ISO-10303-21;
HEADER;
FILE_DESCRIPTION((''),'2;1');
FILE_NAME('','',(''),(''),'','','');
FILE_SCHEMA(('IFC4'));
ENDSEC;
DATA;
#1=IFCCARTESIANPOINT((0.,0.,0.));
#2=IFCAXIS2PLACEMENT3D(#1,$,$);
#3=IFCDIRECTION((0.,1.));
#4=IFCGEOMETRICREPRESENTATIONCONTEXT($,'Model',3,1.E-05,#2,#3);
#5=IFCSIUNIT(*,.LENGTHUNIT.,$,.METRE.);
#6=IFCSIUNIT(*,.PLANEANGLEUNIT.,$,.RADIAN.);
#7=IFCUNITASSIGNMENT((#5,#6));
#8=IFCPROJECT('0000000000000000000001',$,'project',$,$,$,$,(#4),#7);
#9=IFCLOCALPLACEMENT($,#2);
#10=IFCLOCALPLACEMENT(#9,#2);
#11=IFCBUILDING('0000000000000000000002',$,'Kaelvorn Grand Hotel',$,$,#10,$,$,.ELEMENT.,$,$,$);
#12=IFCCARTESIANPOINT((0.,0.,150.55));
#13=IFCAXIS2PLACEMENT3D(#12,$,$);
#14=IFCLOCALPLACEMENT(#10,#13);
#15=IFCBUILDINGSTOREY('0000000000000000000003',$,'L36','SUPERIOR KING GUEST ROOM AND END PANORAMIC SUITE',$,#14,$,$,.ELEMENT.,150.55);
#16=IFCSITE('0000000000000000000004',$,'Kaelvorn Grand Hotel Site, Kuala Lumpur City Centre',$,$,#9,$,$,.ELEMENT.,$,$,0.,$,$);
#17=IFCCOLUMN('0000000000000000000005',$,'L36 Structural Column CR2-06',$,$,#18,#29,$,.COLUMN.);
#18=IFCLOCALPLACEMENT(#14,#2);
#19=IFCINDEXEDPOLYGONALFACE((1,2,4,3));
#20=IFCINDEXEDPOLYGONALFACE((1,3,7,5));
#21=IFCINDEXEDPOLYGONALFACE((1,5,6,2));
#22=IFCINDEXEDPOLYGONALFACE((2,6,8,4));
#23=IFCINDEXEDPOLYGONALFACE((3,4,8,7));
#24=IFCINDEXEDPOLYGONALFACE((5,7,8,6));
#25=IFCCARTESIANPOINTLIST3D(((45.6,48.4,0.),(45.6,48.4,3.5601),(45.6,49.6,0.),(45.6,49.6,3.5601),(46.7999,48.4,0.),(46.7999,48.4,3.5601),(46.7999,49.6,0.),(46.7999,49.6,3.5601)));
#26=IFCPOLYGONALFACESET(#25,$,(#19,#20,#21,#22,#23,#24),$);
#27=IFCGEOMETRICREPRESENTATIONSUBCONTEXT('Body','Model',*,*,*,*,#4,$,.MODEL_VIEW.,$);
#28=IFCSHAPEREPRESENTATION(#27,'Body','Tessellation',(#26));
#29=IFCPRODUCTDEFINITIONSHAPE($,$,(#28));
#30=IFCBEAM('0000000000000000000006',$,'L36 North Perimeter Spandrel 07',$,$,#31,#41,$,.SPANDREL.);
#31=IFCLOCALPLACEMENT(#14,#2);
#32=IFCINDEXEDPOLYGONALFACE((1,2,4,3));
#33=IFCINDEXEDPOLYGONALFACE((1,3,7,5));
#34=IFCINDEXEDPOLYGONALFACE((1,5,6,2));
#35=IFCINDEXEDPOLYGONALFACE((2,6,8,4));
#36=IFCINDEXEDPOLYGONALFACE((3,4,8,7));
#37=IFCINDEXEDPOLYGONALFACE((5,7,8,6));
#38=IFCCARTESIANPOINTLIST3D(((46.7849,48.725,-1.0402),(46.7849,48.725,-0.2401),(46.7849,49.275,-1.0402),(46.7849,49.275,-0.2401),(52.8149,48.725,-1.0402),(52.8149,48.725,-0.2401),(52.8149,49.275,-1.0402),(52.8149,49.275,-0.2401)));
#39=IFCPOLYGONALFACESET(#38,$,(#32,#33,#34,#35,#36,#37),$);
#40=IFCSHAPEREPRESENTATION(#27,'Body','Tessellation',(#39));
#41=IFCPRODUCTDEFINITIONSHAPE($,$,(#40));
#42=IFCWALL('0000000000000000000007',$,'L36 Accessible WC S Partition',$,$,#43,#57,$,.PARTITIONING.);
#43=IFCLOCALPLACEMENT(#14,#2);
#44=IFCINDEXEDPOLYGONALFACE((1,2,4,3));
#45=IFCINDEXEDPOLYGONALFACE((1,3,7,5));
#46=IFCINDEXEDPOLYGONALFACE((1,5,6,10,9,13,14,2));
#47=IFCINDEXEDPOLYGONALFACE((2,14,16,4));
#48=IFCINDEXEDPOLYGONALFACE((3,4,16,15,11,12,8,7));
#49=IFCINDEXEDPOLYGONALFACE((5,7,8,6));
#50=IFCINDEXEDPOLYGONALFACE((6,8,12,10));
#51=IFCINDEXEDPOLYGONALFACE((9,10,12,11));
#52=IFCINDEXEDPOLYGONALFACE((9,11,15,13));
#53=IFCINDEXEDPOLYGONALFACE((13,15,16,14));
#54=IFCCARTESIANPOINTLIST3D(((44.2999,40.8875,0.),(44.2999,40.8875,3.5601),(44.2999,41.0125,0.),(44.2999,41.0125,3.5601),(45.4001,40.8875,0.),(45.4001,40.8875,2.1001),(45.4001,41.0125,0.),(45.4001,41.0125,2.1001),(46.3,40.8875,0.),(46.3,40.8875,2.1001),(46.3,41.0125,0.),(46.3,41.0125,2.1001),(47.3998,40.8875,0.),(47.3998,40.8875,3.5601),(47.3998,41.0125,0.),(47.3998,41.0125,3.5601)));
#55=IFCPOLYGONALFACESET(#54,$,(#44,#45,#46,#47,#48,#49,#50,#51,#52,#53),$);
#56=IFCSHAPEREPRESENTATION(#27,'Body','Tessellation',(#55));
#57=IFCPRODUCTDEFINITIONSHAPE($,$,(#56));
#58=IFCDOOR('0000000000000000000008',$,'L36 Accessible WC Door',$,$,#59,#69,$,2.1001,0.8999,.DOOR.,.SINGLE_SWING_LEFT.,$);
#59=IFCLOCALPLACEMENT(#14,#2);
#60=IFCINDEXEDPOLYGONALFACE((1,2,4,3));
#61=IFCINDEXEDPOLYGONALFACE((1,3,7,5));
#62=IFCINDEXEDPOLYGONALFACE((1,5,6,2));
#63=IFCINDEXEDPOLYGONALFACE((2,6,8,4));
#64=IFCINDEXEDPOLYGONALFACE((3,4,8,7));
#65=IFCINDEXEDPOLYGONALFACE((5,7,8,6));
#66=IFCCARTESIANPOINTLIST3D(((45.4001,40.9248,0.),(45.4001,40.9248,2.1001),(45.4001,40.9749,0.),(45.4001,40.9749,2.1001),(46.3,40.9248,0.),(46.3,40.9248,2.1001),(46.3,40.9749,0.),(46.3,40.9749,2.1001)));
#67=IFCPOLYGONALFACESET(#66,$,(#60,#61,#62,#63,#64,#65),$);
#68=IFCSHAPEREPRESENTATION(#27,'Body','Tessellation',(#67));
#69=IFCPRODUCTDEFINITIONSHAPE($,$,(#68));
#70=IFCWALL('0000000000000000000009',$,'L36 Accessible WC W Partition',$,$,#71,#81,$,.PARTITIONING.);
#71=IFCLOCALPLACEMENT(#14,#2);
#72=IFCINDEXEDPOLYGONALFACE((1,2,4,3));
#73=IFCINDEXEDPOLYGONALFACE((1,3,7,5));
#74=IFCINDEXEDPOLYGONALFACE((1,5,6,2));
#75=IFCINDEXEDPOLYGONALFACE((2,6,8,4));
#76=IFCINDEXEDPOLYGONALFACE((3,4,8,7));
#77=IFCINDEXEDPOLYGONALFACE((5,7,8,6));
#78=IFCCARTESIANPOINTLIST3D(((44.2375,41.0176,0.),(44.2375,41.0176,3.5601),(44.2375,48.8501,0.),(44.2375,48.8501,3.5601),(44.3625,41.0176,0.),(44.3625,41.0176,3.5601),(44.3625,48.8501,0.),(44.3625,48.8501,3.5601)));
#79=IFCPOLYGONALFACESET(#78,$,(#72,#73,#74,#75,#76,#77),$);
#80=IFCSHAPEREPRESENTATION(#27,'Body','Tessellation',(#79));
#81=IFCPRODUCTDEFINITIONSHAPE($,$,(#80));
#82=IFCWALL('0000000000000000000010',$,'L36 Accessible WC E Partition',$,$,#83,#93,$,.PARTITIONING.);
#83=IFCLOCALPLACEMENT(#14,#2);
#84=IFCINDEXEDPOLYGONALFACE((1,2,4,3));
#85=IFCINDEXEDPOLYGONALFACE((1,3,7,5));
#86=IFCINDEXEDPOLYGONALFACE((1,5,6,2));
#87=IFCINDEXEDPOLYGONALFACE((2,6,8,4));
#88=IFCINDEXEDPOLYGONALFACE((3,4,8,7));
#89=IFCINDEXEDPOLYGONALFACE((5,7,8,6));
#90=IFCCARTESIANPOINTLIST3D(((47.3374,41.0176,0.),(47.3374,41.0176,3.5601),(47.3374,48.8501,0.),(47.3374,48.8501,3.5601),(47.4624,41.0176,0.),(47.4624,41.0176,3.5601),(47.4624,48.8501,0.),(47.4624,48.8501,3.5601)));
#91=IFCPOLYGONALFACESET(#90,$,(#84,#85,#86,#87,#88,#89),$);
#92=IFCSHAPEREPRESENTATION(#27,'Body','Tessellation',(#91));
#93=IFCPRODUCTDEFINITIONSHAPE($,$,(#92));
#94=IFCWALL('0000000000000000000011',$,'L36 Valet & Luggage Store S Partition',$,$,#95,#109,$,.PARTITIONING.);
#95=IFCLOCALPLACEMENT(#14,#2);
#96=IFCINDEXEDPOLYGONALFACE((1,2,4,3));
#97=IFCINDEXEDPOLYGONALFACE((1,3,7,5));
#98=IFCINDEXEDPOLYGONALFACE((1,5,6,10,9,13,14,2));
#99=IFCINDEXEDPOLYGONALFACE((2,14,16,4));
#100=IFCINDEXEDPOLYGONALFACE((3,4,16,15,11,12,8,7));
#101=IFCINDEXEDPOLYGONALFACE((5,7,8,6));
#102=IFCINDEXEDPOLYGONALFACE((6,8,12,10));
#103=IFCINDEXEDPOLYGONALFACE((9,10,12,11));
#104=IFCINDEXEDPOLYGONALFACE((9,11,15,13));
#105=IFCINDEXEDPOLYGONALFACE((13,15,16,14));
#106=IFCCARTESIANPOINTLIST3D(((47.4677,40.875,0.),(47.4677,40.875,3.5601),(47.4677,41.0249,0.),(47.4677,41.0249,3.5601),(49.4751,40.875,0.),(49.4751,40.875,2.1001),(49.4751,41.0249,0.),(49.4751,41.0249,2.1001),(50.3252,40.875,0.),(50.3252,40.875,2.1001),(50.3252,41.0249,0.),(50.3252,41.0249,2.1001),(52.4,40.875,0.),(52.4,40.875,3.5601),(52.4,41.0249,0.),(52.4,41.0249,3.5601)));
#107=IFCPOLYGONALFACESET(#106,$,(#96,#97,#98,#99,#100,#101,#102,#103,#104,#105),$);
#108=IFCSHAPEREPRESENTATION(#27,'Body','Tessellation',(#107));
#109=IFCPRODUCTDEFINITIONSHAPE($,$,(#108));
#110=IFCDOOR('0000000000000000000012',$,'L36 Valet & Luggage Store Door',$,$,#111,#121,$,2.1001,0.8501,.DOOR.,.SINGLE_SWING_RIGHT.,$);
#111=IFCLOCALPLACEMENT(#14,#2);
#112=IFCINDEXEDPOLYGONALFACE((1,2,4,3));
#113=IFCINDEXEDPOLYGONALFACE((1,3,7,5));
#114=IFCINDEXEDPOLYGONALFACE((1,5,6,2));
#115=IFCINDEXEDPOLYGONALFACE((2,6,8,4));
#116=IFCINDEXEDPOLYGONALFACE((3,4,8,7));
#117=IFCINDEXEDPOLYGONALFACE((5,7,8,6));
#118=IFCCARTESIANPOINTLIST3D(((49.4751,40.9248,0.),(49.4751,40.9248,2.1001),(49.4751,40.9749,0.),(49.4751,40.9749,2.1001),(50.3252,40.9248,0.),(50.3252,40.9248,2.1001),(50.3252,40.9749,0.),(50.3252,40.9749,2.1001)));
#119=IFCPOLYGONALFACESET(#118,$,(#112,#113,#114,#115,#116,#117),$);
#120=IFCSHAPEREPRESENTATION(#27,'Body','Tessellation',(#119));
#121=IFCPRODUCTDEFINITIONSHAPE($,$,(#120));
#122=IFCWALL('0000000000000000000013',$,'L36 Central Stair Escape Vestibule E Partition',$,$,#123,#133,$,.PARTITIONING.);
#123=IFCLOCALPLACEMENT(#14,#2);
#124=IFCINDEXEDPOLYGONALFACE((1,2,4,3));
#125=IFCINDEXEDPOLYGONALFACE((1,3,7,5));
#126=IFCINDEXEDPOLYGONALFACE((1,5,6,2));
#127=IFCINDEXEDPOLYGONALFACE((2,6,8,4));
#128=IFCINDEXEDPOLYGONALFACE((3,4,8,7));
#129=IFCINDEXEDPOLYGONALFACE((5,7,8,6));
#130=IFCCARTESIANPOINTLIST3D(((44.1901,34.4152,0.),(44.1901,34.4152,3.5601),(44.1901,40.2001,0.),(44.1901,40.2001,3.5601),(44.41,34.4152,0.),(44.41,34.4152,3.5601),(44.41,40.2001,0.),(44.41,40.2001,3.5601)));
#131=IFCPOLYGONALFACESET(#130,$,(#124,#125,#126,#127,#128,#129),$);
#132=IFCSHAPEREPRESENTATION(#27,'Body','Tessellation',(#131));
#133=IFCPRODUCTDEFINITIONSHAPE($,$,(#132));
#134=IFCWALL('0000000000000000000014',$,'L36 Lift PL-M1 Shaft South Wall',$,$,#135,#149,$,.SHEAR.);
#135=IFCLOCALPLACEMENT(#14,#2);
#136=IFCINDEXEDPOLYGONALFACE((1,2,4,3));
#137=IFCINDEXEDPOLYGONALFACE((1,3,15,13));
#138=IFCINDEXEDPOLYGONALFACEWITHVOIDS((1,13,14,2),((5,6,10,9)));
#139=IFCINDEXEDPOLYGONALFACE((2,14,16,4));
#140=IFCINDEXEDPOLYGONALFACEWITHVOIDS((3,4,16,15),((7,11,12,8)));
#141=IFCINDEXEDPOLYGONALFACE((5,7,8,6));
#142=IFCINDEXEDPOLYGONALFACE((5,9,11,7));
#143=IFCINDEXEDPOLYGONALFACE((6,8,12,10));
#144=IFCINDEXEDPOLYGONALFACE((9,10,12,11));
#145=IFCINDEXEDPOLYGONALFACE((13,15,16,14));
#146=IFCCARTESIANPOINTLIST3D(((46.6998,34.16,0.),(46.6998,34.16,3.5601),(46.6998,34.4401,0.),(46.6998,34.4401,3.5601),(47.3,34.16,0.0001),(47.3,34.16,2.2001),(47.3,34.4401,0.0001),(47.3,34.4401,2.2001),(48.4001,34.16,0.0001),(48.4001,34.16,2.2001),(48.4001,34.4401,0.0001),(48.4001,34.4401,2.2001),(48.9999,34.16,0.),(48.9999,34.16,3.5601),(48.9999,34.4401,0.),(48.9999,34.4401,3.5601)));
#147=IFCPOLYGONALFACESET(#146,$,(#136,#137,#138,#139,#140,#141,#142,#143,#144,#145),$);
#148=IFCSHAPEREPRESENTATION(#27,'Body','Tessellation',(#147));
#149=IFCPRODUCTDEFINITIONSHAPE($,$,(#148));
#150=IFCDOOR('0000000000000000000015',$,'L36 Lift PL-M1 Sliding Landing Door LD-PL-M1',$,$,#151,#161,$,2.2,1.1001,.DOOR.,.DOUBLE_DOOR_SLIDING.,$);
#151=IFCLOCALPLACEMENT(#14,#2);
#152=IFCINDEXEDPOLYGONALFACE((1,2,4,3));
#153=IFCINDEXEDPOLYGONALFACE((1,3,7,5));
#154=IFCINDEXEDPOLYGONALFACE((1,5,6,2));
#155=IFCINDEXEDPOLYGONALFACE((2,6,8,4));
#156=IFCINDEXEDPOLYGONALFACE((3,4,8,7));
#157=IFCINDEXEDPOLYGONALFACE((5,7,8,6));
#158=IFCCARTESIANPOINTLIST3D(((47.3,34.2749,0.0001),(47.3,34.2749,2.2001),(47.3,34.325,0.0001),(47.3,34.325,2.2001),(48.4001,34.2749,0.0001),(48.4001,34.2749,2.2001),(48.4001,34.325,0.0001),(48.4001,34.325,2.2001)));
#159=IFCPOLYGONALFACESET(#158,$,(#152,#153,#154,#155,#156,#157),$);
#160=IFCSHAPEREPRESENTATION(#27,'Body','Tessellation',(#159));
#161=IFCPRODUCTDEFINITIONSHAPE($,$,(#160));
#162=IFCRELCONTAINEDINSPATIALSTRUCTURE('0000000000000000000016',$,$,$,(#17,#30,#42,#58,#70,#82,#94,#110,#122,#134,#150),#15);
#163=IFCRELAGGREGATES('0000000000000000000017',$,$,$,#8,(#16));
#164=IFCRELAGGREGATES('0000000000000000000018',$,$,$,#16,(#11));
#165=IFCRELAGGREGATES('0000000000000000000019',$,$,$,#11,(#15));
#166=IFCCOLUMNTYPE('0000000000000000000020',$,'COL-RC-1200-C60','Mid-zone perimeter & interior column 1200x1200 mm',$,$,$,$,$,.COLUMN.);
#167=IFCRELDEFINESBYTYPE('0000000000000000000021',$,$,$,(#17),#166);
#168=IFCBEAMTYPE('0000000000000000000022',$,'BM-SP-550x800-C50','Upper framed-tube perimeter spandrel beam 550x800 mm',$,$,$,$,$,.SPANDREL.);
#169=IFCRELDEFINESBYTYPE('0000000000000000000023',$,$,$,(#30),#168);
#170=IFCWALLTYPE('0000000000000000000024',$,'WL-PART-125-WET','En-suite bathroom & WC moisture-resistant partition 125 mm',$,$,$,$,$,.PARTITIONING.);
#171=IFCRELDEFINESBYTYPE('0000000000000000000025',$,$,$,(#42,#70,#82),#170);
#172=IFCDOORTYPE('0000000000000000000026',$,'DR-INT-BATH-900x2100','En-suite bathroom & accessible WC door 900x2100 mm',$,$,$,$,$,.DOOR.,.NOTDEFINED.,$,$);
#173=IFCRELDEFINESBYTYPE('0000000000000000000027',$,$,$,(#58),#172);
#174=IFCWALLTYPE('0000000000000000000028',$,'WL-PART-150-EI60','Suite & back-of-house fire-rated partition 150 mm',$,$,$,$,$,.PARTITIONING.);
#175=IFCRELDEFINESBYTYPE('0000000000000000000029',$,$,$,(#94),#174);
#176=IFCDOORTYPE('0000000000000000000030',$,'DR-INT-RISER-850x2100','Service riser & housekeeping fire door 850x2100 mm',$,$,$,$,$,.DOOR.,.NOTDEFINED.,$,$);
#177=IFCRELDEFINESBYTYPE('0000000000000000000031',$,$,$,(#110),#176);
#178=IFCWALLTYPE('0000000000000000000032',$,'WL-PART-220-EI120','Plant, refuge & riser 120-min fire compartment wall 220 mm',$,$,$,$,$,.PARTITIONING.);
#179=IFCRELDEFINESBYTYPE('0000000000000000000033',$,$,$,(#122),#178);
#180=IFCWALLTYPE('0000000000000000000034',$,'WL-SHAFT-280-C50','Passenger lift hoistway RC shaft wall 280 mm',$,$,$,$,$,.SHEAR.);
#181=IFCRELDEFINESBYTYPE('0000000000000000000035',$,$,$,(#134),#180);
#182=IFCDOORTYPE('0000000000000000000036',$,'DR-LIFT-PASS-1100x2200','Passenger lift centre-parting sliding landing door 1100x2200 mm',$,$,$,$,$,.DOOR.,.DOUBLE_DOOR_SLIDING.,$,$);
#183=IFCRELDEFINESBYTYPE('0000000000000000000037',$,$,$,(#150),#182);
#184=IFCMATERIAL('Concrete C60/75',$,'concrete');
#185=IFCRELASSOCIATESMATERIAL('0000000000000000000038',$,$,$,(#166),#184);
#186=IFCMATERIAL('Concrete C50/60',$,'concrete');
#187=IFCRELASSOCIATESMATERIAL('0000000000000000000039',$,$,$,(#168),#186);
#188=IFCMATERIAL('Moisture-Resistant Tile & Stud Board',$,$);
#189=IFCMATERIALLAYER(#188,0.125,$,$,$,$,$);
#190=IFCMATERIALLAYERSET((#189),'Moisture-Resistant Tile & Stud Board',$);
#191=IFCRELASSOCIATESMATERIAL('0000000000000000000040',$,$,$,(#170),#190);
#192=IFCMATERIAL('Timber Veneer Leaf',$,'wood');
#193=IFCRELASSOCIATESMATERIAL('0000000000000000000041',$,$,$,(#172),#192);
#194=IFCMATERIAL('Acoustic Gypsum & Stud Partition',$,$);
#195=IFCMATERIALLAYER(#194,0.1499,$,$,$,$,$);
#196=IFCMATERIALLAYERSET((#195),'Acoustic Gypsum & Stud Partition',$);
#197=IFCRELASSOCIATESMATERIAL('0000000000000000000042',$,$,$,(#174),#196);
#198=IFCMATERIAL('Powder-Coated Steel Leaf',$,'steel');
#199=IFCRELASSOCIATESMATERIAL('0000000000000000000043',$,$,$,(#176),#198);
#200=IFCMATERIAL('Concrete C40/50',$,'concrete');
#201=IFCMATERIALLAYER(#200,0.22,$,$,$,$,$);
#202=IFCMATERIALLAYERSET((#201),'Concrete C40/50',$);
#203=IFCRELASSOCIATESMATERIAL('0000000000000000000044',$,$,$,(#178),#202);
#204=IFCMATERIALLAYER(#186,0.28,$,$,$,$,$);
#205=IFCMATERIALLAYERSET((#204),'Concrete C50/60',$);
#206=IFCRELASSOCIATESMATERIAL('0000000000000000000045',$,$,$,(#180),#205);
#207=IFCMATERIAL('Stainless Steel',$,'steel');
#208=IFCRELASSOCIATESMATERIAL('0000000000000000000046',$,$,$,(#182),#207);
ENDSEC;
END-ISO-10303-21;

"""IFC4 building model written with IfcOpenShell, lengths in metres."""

from ifc_helpers import new_model, si_unit, direction, frame, frame_2d, origin, origin_2d, place, context, subcontext, project, spatial, rectangle, extrude, material, layer, layer_set, material_profile, profile_set, type_object, element, fill, save


model = new_model("IFC4")

# Units and contexts
model_context = context("Model", 3, precision=1e-05, world=origin(), true_north=direction((0.0, 1.0)))
body_context = subcontext(model_context, "Body", "Model", "MODEL_VIEW")
ifc_project = project(units=[si_unit("LENGTHUNIT", "METRE"), si_unit("PLANEANGLEUNIT", "RADIAN")], contexts=[model_context])

# Site, building, storey
site_placement = place(None, origin())
site = spatial("IfcSite", under=ifc_project, at=site_placement, Name="Kaelvorn Grand Hotel Site, Kuala Lumpur City Centre", CompositionType="ELEMENT", RefElevation=0.0)
building_placement = place(site_placement, origin())
building = spatial("IfcBuilding", under=site, at=building_placement, Name="Kaelvorn Grand Hotel", CompositionType="ELEMENT")
storey_placement = place(building_placement, frame((0.0, 0.0, 150.55)))
storey = spatial("IfcBuildingStorey", under=building, at=storey_placement, Name="L36", Description="SUPERIOR KING GUEST ROOM AND END PANORAMIC SUITE", CompositionType="ELEMENT", Elevation=150.55)

# Column
ifc_material_1 = material(Name="Concrete C60/75", Category="concrete")
ifc_material_profile_1 = material_profile(ifc_material_1, rectangle(XDim=1.2, YDim=1.2, at=origin_2d()), Name="RC COL 1200x1200")
ifc_profile_set_1 = profile_set([ifc_material_profile_1], Name="Concrete C60/75")
column_type = type_object("IfcColumnType", Name="COL-RC-1200-C60", Description="Mid-zone perimeter & interior column 1200x1200 mm", PredefinedType="COLUMN", material=ifc_profile_set_1)
column_placement = place(storey_placement, frame((46.2, 49.0, 0.0), z_axis=(0.0, 0.0, 1.0), x_axis=(1.0, 0.0, 0.0)))
element("IfcColumn", 1, at=column_placement, inside=storey, type_object=column_type, Name="L36 Structural Column CR2-06", PredefinedType="COLUMN", context=body_context, shape_type="SweptSolid", body=[
    extrude(rectangle(XDim=1.2, YDim=1.2, at=origin_2d()), origin(), (0.0, 0.0, 1.0), 3.5601),
])

# Beam
ifc_material_2 = material(Name="Concrete C50/60", Category="concrete")
ifc_material_profile_2 = material_profile(ifc_material_2, rectangle(XDim=0.55, YDim=0.8, at=origin_2d()), Name="RC SPANDREL 550x800")
ifc_profile_set_2 = profile_set([ifc_material_profile_2], Name="Concrete C50/60")
beam_type = type_object("IfcBeamType", Name="BM-SP-550x800-C50", Description="Upper framed-tube perimeter spandrel beam 550x800 mm", PredefinedType="SPANDREL", material=ifc_profile_set_2)
beam_placement = place(storey_placement, frame((46.7849, 49.0, -0.6401), z_axis=(1.0, 0.0, 0.0), x_axis=(0.0, 1.0, 0.0)))
element("IfcBeam", 2, at=beam_placement, inside=storey, type_object=beam_type, Name="L36 North Perimeter Spandrel 07", PredefinedType="SPANDREL", context=body_context, shape_type="SweptSolid", body=[
    extrude(rectangle(XDim=0.55, YDim=0.8, at=origin_2d()), origin(), (0.0, 0.0, 1.0), 6.03),
])

# Wall, opening, door
ifc_material_3 = material(Name="Moisture-Resistant Tile & Stud Board")
ifc_layer_1 = layer(ifc_material_3, 0.125)
ifc_layer_set_1 = layer_set([ifc_layer_1], Name="Moisture-Resistant Tile & Stud Board")
wall_type_1 = type_object("IfcWallType", Name="WL-PART-125-WET", Description="En-suite bathroom & WC moisture-resistant partition 125 mm", PredefinedType="PARTITIONING", material=ifc_layer_set_1)
wall_1_placement = place(storey_placement, frame((44.3, 40.95, 0.0), z_axis=(0.0, 0.0, 1.0), x_axis=(1.0, 0.0, 0.0)))
wall_1 = element("IfcWall", 3, at=wall_1_placement, inside=storey, type_object=wall_type_1, Name="L36 Accessible WC S Partition", PredefinedType="PARTITIONING", context=body_context, shape_type="SweptSolid", body=[
    extrude(rectangle(XDim=3.0999, YDim=0.125, at=frame_2d((1.5498, 0.0))), origin(), (0.0, 0.0, 1.0), 3.5601),
])
opening_1_placement = place(wall_1_placement, frame((1.1001, 0.0, 0.0)))
opening_1 = element("IfcOpeningElement", 4, at=opening_1_placement, cuts=wall_1, PredefinedType="OPENING", context=body_context, shape_type="SweptSolid", body=[
    extrude(rectangle(XDim=0.8999, YDim=2.1001, at=frame_2d((0.45, 1.05))), frame((0.0, 0.0725, 0.0), z_axis=(0.0, -1.0, 0.0), x_axis=(1.0, 0.0, 0.0)), (0.0, 0.0, 1.0), 0.145),
])
ifc_material_4 = material(Name="Timber Veneer Leaf", Category="wood")
door_type_1 = type_object("IfcDoorType", Name="DR-INT-BATH-900x2100", Description="En-suite bathroom & accessible WC door 900x2100 mm", OperationType="NOTDEFINED", PredefinedType="DOOR", material=ifc_material_4)
door_1_placement = place(opening_1_placement, origin())
door_1 = element("IfcDoor", 5, at=door_1_placement, inside=storey, type_object=door_type_1, Name="L36 Accessible WC Door", OperationType="SINGLE_SWING_LEFT", OverallHeight=2.1001, OverallWidth=0.8999, PredefinedType="DOOR", context=body_context, shape_type="SweptSolid", body=[
    extrude(rectangle(XDim=0.8999, YDim=2.1001, at=frame_2d((0.45, 1.05))), frame((0.0, 0.0249, 0.0), z_axis=(0.0, -1.0, 0.0), x_axis=(1.0, 0.0, 0.0)), (0.0, 0.0, 1.0), 0.05),
])
fill(opening_1, door_1)

# Walls
for number, where, z_axis, x_axis, name in (
    (6, (44.3, 41.0176, 0.0), (0.0, 0.0, 1.0), (0.0, 1.0, 0.0), "L36 Accessible WC W Partition"),
    (7, (47.3999, 41.0176, 0.0), (0.0, 0.0, 1.0), (0.0, 1.0, 0.0), "L36 Accessible WC E Partition"),
):
    element("IfcWall", number, at=place(storey_placement, frame(where, z_axis=z_axis, x_axis=x_axis)), inside=storey, type_object=wall_type_1, Name=name, PredefinedType="PARTITIONING", context=body_context, shape_type="SweptSolid", body=[
        extrude(rectangle(XDim=7.8325, YDim=0.125, at=frame_2d((3.9163, 0.0))), origin(), (0.0, 0.0, 1.0), 3.5601),
    ])

# Wall, opening, door
ifc_material_5 = material(Name="Acoustic Gypsum & Stud Partition")
ifc_layer_2 = layer(ifc_material_5, 0.1499)
ifc_layer_set_2 = layer_set([ifc_layer_2], Name="Acoustic Gypsum & Stud Partition")
wall_type_2 = type_object("IfcWallType", Name="WL-PART-150-EI60", Description="Suite & back-of-house fire-rated partition 150 mm", PredefinedType="PARTITIONING", material=ifc_layer_set_2)
wall_2_placement = place(storey_placement, frame((47.4675, 40.95, 0.0), z_axis=(0.0, 0.0, 1.0), x_axis=(1.0, 0.0, 0.0)))
wall_2 = element("IfcWall", 8, at=wall_2_placement, inside=storey, type_object=wall_type_2, Name="L36 Valet & Luggage Store S Partition", PredefinedType="PARTITIONING", context=body_context, shape_type="SweptSolid", body=[
    extrude(rectangle(XDim=4.9324, YDim=0.1499, at=frame_2d((2.4663, 0.0))), origin(), (0.0, 0.0, 1.0), 3.5601),
])
opening_2_placement = place(wall_2_placement, frame((2.0076, 0.0, 0.0)))
opening_2 = element("IfcOpeningElement", 9, at=opening_2_placement, cuts=wall_2, PredefinedType="OPENING", context=body_context, shape_type="SweptSolid", body=[
    extrude(rectangle(XDim=0.8501, YDim=2.1001, at=frame_2d((0.425, 1.05))), frame((0.0, 0.085, 0.0), z_axis=(0.0, -1.0, 0.0), x_axis=(1.0, 0.0, 0.0)), (0.0, 0.0, 1.0), 0.1699),
])
ifc_material_6 = material(Name="Powder-Coated Steel Leaf", Category="steel")
door_type_2 = type_object("IfcDoorType", Name="DR-INT-RISER-850x2100", Description="Service riser & housekeeping fire door 850x2100 mm", OperationType="NOTDEFINED", PredefinedType="DOOR", material=ifc_material_6)
door_2_placement = place(opening_2_placement, origin())
door_2 = element("IfcDoor", 10, at=door_2_placement, inside=storey, type_object=door_type_2, Name="L36 Valet & Luggage Store Door", OperationType="SINGLE_SWING_RIGHT", OverallHeight=2.1001, OverallWidth=0.8501, PredefinedType="DOOR", context=body_context, shape_type="SweptSolid", body=[
    extrude(rectangle(XDim=0.8501, YDim=2.1001, at=frame_2d((0.425, 1.05))), frame((0.0, 0.0249, 0.0), z_axis=(0.0, -1.0, 0.0), x_axis=(1.0, 0.0, 0.0)), (0.0, 0.0, 1.0), 0.05),
])
fill(opening_2, door_2)

# Wall
ifc_material_7 = material(Name="Concrete C40/50", Category="concrete")
ifc_layer_3 = layer(ifc_material_7, 0.22)
ifc_layer_set_3 = layer_set([ifc_layer_3], Name="Concrete C40/50")
wall_type_3 = type_object("IfcWallType", Name="WL-PART-220-EI120", Description="Plant, refuge & riser 120-min fire compartment wall 220 mm", PredefinedType="PARTITIONING", material=ifc_layer_set_3)
wall_3_placement = place(storey_placement, frame((44.3, 34.415, 0.0), z_axis=(0.0, 0.0, 1.0), x_axis=(0.0, 1.0, 0.0)))
element("IfcWall", 11, at=wall_3_placement, inside=storey, type_object=wall_type_3, Name="L36 Central Stair Escape Vestibule E Partition", PredefinedType="PARTITIONING", context=body_context, shape_type="SweptSolid", body=[
    extrude(rectangle(XDim=5.7849, YDim=0.22, at=frame_2d((2.8926, 0.0))), origin(), (0.0, 0.0, 1.0), 3.5601),
])

# Wall, opening, door
ifc_layer_4 = layer(ifc_material_2, 0.28)
ifc_layer_set_4 = layer_set([ifc_layer_4], Name="Concrete C50/60")
wall_type_4 = type_object("IfcWallType", Name="WL-SHAFT-280-C50", Description="Passenger lift hoistway RC shaft wall 280 mm", PredefinedType="SHEAR", material=ifc_layer_set_4)
wall_4_placement = place(storey_placement, frame((46.7, 34.3, 0.0), z_axis=(0.0, 0.0, 1.0), x_axis=(1.0, 0.0, 0.0)))
wall_4 = element("IfcWall", 12, at=wall_4_placement, inside=storey, type_object=wall_type_4, Name="L36 Lift PL-M1 Shaft South Wall", PredefinedType="SHEAR", context=body_context, shape_type="SweptSolid", body=[
    extrude(rectangle(XDim=2.3, YDim=0.28, at=frame_2d((1.1499, 0.0))), origin(), (0.0, 0.0, 1.0), 3.5601),
])
opening_3_placement = place(wall_4_placement, frame((0.6001, 0.0, 0.0)))
opening_3 = element("IfcOpeningElement", 13, at=opening_3_placement, cuts=wall_4, PredefinedType="OPENING", context=body_context, shape_type="SweptSolid", body=[
    extrude(rectangle(XDim=1.1001, YDim=2.2, at=frame_2d((0.55, 1.1001))), frame((0.0, 0.1499, 0.0), z_axis=(0.0, -1.0, 0.0), x_axis=(1.0, 0.0, 0.0)), (0.0, 0.0, 1.0), 0.3),
])
ifc_material_8 = material(Name="Stainless Steel", Category="steel")
door_type_3 = type_object("IfcDoorType", Name="DR-LIFT-PASS-1100x2200", Description="Passenger lift centre-parting sliding landing door 1100x2200 mm", OperationType="DOUBLE_DOOR_SLIDING", PredefinedType="DOOR", material=ifc_material_8)
door_3_placement = place(opening_3_placement, origin())
door_3 = element("IfcDoor", 14, at=door_3_placement, inside=storey, type_object=door_type_3, Name="L36 Lift PL-M1 Sliding Landing Door LD-PL-M1", OperationType="DOUBLE_DOOR_SLIDING", OverallHeight=2.2, OverallWidth=1.1001, PredefinedType="DOOR", context=body_context, shape_type="SweptSolid", body=[
    extrude(rectangle(XDim=1.1001, YDim=2.2, at=frame_2d((0.55, 1.1001))), frame((0.0, 0.0249, 0.0), z_axis=(0.0, -1.0, 0.0), x_axis=(1.0, 0.0, 0.0)), (0.0, 0.0, 1.0), 0.05),
])
fill(opening_3, door_3)

save(model, "model.ifc")
